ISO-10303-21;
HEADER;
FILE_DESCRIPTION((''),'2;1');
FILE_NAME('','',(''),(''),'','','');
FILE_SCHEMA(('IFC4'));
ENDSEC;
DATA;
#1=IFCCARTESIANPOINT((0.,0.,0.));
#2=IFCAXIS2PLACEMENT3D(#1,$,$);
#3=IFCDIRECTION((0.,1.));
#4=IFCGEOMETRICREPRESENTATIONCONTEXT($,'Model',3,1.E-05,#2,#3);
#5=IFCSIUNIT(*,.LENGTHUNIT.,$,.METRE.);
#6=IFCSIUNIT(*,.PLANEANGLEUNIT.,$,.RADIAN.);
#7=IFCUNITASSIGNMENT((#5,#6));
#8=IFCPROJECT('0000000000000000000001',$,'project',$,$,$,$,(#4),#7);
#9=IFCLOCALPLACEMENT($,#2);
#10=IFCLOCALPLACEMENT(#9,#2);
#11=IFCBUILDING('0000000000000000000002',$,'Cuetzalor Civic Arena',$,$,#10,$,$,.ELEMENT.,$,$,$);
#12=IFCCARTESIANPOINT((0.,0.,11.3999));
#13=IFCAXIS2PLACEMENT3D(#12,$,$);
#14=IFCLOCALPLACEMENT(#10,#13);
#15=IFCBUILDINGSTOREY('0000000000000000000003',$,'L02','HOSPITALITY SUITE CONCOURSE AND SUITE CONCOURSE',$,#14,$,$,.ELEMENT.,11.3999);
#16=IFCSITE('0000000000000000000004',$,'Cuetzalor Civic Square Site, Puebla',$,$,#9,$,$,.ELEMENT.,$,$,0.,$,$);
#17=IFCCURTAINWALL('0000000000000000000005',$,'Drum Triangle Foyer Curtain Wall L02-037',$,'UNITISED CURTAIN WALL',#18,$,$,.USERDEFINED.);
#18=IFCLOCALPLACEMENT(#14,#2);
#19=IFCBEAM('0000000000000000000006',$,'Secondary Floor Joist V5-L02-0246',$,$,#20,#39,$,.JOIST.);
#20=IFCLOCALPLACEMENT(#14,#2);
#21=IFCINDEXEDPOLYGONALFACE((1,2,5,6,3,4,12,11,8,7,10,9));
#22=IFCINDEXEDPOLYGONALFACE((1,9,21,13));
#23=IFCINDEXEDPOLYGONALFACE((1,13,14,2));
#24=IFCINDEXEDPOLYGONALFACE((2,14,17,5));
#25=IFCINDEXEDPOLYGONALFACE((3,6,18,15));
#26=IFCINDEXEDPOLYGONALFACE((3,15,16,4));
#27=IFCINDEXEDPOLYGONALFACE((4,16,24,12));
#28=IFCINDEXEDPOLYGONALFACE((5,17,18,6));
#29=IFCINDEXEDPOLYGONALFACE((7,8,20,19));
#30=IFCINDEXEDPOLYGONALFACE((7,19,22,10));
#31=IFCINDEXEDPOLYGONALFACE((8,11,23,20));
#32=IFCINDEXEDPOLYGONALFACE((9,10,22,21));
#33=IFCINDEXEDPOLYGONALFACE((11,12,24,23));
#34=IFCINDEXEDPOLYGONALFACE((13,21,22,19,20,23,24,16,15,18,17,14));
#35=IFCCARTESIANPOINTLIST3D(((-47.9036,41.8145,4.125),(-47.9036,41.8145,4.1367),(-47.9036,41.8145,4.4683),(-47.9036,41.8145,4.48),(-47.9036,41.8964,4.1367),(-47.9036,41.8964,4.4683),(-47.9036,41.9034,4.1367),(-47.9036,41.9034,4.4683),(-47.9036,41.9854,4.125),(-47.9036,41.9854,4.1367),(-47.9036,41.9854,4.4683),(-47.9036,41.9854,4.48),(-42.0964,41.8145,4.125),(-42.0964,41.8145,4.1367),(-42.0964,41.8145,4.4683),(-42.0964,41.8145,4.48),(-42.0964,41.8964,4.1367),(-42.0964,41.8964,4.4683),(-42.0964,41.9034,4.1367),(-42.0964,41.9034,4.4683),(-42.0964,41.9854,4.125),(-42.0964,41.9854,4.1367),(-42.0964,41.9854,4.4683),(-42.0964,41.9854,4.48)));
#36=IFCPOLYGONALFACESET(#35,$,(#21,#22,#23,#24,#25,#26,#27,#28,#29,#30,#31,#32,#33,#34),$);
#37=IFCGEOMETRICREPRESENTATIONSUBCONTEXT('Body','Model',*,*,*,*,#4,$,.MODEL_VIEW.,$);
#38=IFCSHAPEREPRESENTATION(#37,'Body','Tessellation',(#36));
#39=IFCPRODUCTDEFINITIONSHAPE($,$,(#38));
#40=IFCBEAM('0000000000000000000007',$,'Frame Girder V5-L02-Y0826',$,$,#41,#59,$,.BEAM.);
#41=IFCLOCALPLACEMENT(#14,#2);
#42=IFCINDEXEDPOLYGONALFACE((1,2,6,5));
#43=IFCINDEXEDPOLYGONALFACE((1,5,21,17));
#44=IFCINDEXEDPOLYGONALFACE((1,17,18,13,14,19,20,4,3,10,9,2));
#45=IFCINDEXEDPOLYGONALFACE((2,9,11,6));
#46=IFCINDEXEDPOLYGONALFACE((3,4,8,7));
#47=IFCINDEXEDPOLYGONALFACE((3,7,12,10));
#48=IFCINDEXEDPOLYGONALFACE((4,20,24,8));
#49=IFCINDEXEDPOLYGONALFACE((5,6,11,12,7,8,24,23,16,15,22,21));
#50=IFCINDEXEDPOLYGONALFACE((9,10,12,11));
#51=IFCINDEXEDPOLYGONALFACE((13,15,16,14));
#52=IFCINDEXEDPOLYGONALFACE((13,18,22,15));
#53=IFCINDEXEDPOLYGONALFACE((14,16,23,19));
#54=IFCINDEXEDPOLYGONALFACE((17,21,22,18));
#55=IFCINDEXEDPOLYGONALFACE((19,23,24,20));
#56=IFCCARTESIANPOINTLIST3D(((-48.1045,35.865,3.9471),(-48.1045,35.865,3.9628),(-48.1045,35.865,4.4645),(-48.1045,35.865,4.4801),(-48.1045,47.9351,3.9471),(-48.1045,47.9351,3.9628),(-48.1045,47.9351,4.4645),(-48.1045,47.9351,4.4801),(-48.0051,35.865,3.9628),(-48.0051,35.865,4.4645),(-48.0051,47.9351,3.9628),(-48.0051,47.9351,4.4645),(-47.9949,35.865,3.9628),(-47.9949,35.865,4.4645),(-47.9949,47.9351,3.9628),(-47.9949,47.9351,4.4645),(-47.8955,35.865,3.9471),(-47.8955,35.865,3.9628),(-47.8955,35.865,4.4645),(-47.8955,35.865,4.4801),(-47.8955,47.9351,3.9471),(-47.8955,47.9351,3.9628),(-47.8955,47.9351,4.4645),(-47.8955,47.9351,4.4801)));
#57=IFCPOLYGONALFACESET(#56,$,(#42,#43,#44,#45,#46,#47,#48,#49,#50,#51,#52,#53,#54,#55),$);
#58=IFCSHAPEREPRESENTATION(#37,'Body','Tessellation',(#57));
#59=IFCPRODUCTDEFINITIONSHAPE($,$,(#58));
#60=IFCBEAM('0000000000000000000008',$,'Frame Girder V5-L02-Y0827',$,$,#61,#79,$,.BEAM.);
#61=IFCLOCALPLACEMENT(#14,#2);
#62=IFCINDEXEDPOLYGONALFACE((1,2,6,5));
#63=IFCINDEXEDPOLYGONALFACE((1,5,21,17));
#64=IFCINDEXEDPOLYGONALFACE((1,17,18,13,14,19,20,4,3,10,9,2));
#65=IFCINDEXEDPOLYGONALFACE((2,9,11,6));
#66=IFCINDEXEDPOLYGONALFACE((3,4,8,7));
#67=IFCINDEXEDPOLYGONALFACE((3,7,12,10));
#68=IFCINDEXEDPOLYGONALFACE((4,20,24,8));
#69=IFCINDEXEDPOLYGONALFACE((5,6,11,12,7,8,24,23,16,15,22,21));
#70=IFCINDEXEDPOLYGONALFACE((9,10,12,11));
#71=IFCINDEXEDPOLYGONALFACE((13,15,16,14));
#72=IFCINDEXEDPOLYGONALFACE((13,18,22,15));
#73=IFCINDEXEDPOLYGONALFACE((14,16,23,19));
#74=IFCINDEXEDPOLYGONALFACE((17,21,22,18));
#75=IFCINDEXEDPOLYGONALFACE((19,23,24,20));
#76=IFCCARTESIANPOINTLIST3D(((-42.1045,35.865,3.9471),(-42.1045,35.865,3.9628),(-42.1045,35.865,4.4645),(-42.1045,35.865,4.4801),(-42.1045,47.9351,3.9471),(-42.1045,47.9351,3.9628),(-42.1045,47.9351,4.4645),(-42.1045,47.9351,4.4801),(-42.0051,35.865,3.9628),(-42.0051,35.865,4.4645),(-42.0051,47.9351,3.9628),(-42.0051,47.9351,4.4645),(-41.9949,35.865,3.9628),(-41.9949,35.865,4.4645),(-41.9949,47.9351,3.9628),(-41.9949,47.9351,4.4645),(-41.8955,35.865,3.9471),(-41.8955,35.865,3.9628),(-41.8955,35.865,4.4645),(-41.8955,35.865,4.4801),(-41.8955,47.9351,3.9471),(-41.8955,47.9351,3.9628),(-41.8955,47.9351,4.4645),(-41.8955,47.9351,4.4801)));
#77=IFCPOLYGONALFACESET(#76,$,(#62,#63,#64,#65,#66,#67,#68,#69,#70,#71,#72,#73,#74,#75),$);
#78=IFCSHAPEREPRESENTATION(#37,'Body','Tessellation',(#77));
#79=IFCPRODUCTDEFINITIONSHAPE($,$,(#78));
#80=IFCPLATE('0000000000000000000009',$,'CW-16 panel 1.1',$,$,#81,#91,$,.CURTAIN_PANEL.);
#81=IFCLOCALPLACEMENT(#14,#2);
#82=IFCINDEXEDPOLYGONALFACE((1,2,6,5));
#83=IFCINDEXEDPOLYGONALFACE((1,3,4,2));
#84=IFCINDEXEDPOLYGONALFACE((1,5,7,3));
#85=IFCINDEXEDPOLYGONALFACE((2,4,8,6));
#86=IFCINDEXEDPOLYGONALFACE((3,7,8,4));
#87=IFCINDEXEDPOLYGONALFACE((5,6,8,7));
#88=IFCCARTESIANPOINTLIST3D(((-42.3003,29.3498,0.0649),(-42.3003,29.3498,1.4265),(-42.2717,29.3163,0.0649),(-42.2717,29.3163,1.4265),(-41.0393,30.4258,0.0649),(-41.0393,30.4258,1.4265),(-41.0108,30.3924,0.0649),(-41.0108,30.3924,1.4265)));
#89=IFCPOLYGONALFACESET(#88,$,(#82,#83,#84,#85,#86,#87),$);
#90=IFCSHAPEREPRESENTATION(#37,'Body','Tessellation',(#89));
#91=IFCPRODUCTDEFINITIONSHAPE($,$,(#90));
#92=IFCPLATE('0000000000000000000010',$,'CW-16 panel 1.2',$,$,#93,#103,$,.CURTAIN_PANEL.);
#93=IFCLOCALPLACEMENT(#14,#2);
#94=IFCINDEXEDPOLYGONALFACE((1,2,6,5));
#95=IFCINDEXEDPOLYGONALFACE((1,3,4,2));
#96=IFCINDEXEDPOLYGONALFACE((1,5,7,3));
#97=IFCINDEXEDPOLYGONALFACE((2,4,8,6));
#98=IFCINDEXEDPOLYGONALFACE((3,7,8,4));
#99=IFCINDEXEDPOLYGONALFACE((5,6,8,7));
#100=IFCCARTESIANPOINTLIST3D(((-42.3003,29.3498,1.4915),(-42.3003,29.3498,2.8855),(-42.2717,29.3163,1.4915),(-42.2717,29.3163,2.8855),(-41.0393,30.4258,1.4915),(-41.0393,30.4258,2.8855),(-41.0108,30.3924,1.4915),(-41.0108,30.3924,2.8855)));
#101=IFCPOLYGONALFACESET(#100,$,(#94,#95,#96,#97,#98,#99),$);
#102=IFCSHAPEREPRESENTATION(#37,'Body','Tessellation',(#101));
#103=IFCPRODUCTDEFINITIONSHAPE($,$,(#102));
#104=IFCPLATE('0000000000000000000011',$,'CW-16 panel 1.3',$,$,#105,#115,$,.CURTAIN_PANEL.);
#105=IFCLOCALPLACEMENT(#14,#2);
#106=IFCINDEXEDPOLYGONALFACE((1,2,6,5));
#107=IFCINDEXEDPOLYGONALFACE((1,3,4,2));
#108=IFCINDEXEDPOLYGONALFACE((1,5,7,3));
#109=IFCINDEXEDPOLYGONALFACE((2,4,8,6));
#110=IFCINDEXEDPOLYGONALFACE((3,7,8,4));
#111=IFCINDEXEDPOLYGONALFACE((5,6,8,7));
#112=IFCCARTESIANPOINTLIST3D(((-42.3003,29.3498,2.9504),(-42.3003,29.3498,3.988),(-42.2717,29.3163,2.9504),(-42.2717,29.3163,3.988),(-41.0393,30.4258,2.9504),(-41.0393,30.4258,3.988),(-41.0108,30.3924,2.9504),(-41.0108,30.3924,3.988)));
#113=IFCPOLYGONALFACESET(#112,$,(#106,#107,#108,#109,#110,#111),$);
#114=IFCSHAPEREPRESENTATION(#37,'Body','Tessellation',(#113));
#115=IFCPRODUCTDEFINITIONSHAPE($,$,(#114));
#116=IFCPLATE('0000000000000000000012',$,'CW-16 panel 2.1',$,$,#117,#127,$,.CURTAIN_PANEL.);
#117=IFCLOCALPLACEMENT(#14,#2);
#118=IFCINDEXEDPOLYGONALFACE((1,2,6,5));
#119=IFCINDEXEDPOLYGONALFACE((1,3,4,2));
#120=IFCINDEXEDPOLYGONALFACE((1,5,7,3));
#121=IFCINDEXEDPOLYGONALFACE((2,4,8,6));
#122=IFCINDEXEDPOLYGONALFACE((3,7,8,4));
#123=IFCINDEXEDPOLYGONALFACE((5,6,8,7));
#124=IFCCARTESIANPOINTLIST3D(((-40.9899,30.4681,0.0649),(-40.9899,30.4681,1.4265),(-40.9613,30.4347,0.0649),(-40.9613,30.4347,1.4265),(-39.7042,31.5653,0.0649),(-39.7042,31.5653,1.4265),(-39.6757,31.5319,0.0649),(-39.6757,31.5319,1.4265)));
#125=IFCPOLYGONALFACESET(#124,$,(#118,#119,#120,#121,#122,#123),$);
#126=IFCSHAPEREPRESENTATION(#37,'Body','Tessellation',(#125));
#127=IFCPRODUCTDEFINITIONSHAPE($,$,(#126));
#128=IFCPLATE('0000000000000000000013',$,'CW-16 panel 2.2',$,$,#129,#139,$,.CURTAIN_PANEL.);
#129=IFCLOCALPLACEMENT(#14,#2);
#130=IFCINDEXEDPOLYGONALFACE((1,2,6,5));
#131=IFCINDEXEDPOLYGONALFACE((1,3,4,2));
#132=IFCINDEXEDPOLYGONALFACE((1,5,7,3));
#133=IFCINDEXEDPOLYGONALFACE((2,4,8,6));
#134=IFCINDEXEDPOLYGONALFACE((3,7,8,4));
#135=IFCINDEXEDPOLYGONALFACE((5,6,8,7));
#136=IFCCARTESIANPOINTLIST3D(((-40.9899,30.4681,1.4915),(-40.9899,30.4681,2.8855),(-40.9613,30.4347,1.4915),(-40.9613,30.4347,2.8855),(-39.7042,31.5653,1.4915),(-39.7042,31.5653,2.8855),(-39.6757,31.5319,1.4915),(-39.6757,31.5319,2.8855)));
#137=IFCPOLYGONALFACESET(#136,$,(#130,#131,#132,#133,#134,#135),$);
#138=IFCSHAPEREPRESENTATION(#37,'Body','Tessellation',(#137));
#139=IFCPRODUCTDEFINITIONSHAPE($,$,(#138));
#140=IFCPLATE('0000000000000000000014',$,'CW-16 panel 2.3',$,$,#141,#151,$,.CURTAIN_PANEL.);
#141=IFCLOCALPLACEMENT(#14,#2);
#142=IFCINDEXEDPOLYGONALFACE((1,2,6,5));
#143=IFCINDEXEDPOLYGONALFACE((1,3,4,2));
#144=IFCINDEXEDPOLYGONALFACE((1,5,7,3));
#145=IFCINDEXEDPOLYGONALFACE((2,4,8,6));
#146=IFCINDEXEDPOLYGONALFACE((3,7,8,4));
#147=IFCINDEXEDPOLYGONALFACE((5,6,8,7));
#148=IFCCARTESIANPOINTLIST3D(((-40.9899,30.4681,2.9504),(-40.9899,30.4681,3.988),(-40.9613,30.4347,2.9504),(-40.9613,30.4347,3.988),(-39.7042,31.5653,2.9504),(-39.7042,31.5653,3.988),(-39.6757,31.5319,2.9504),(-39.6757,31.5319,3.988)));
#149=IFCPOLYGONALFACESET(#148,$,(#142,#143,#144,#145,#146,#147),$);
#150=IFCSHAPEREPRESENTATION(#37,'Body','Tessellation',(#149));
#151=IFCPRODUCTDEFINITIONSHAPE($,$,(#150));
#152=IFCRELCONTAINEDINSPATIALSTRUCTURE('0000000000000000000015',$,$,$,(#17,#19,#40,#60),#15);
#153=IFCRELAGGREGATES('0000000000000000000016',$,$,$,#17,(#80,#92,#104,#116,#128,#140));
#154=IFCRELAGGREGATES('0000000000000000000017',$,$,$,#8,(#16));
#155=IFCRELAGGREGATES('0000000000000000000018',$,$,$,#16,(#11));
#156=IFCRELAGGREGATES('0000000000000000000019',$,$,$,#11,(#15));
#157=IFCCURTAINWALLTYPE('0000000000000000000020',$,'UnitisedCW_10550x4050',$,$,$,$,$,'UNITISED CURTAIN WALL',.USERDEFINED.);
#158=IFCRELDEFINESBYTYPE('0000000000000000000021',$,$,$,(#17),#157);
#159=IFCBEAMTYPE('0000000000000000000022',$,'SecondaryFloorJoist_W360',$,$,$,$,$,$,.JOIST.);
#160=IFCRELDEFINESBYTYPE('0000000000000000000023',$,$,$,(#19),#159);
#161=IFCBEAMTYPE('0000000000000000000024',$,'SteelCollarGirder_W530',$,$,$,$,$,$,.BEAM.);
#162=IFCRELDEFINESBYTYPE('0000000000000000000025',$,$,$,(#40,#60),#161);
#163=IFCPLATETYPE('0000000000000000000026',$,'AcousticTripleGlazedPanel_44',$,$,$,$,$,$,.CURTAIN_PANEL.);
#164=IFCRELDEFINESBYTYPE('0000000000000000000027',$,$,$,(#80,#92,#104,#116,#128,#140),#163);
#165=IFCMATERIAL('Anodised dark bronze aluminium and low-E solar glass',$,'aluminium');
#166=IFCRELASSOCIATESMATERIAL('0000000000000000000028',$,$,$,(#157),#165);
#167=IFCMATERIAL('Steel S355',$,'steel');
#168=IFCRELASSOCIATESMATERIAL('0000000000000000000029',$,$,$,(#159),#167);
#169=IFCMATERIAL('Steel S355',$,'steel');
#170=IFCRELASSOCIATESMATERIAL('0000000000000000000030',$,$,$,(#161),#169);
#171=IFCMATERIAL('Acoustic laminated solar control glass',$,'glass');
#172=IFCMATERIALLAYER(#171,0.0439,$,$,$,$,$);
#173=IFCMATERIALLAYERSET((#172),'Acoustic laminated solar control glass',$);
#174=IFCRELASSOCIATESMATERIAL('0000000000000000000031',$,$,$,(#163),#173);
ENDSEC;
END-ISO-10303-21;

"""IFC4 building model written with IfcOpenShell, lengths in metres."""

from ifc_helpers import new_model, si_unit, direction, frame, origin, origin_2d, place, context, subcontext, project, spatial, rectangle, i_section, extrude, material, layer, layer_set, material_profile, profile_set, type_object, element, aggregate, save


model = new_model("IFC4")

# Units and contexts
model_context = context("Model", 3, precision=1e-05, world=origin(), true_north=direction((0.0, 1.0)))
body_context = subcontext(model_context, "Body", "Model", "MODEL_VIEW")
ifc_project = project(units=[si_unit("LENGTHUNIT", "METRE"), si_unit("PLANEANGLEUNIT", "RADIAN")], contexts=[model_context])

# Site, building, storey
site_placement = place(None, origin())
site = spatial("IfcSite", under=ifc_project, at=site_placement, Name="Cuetzalor Civic Square Site, Puebla", CompositionType="ELEMENT", RefElevation=0.0)
building_placement = place(site_placement, origin())
building = spatial("IfcBuilding", under=site, at=building_placement, Name="Cuetzalor Civic Arena", CompositionType="ELEMENT")
storey_placement = place(building_placement, frame((0.0, 0.0, 11.3999)))
storey = spatial("IfcBuildingStorey", under=building, at=storey_placement, Name="L02", Description="HOSPITALITY SUITE CONCOURSE AND SUITE CONCOURSE", CompositionType="ELEMENT", Elevation=11.3999)

# Curtain wall
ifc_material_1 = material(Name="Anodised dark bronze aluminium and low-E solar glass", Category="aluminium")
curtain_wall_type = type_object("IfcCurtainWallType", Name="UnitisedCW_10550x4050", ElementType="UNITISED CURTAIN WALL", PredefinedType="USERDEFINED", material=ifc_material_1)
curtain_wall_placement = place(storey_placement, origin())
curtain_wall = element("IfcCurtainWall", 1, at=curtain_wall_placement, inside=storey, type_object=curtain_wall_type, Name="Drum Triangle Foyer Curtain Wall L02-037", ObjectType="UNITISED CURTAIN WALL", PredefinedType="USERDEFINED")

# Beams
ifc_material_2 = material(Name="Steel S355", Category="steel")
ifc_material_profile_1 = material_profile(ifc_material_2, i_section(OverallWidth=0.1709, OverallDepth=0.355, WebThickness=0.0071, FlangeThickness=0.0117, at=origin_2d()), Name="W360x51")
ifc_profile_set_1 = profile_set([ifc_material_profile_1], Name="Steel S355")
beam_type_1 = type_object("IfcBeamType", Name="SecondaryFloorJoist_W360", PredefinedType="JOIST", material=ifc_profile_set_1)
beam_1_placement = place(storey_placement, frame((-47.9036, 41.8999, 4.3025), z_axis=(1.0, 0.0, 0.0), x_axis=(0.0, 1.0, 0.0)))
element("IfcBeam", 2, at=beam_1_placement, inside=storey, type_object=beam_type_1, Name="Secondary Floor Joist V5-L02-0246", PredefinedType="JOIST", context=body_context, shape_type="SweptSolid", body=[
    extrude(i_section(OverallWidth=0.1709, OverallDepth=0.355, WebThickness=0.0071, FlangeThickness=0.0117, at=origin_2d()), origin(), (0.0, 0.0, 1.0), 5.8071),
])
ifc_material_3 = material(Name="Steel S355", Category="steel")
ifc_material_profile_2 = material_profile(ifc_material_3, i_section(OverallWidth=0.209, OverallDepth=0.533, WebThickness=0.0103, FlangeThickness=0.0156, at=origin_2d()), Name="W530x92")
ifc_profile_set_2 = profile_set([ifc_material_profile_2], Name="Steel S355")
beam_type_2 = type_object("IfcBeamType", Name="SteelCollarGirder_W530", PredefinedType="BEAM", material=ifc_profile_set_2)
for number, where, z_axis, x_axis, name in (
    (3, (-48.0, 35.865, 4.2136), (0.0, 1.0, 0.0), (-1.0, 0.0, 0.0), "Frame Girder V5-L02-Y0826"),
    (4, (-42.0, 35.865, 4.2136), (0.0, 1.0, 0.0), (-1.0, 0.0, 0.0), "Frame Girder V5-L02-Y0827"),
):
    element("IfcBeam", number, at=place(storey_placement, frame(where, z_axis=z_axis, x_axis=x_axis)), inside=storey, type_object=beam_type_2, Name=name, PredefinedType="BEAM", context=body_context, shape_type="SweptSolid", body=[
        extrude(i_section(OverallWidth=0.209, OverallDepth=0.533, WebThickness=0.0103, FlangeThickness=0.0156, at=origin_2d()), origin(), (0.0, 0.0, 1.0), 12.0701),
    ])

# Plates
ifc_material_4 = material(Name="Acoustic laminated solar control glass", Category="glass")
ifc_layer = layer(ifc_material_4, 0.0439)
ifc_layer_set = layer_set([ifc_layer], Name="Acoustic laminated solar control glass")
plate_type = type_object("IfcPlateType", Name="AcousticTripleGlazedPanel_44", PredefinedType="CURTAIN_PANEL", material=ifc_layer_set)
plate_1_placement = place(storey_placement, frame((-41.6555, 29.8711, 0.0649), z_axis=(0.0, 0.0, 1.0), x_axis=(0.760677, 0.64913, 0.0)))
plate_1 = element("IfcPlate", 5, at=plate_1_placement, type_object=plate_type, Name="CW-16 panel 1.1", PredefinedType="CURTAIN_PANEL", context=body_context, shape_type="SweptSolid", body=[
    extrude(rectangle(XDim=1.6577, YDim=0.0439, at=origin_2d()), origin(), (0.0, 0.0, 1.0), 1.3616),
])
plate_2_placement = place(storey_placement, frame((-41.6555, 29.8711, 1.4915), z_axis=(0.0, 0.0, 1.0), x_axis=(0.760677, 0.64913, 0.0)))
plate_2 = element("IfcPlate", 6, at=plate_2_placement, type_object=plate_type, Name="CW-16 panel 1.2", PredefinedType="CURTAIN_PANEL", context=body_context, shape_type="SweptSolid", body=[
    extrude(rectangle(XDim=1.6577, YDim=0.0439, at=origin_2d()), origin(), (0.0, 0.0, 1.0), 1.394),
])
plate_3_placement = place(storey_placement, frame((-41.6555, 29.8711, 2.9504), z_axis=(0.0, 0.0, 1.0), x_axis=(0.760677, 0.64913, 0.0)))
plate_3 = element("IfcPlate", 7, at=plate_3_placement, type_object=plate_type, Name="CW-16 panel 1.3", PredefinedType="CURTAIN_PANEL", context=body_context, shape_type="SweptSolid", body=[
    extrude(rectangle(XDim=1.6577, YDim=0.0439, at=origin_2d()), origin(), (0.0, 0.0, 1.0), 1.0376),
])
plate_4_placement = place(storey_placement, frame((-40.3328, 31.0, 0.0649), z_axis=(0.0, 0.0, 1.0), x_axis=(0.760677, 0.64913, 0.0)))
plate_4 = element("IfcPlate", 8, at=plate_4_placement, type_object=plate_type, Name="CW-16 panel 2.1", PredefinedType="CURTAIN_PANEL", context=body_context, shape_type="SweptSolid", body=[
    extrude(rectangle(XDim=1.6902, YDim=0.0439, at=origin_2d()), origin(), (0.0, 0.0, 1.0), 1.3616),
])
plate_5_placement = place(storey_placement, frame((-40.3328, 31.0, 1.4915), z_axis=(0.0, 0.0, 1.0), x_axis=(0.760677, 0.64913, 0.0)))
plate_5 = element("IfcPlate", 9, at=plate_5_placement, type_object=plate_type, Name="CW-16 panel 2.2", PredefinedType="CURTAIN_PANEL", context=body_context, shape_type="SweptSolid", body=[
    extrude(rectangle(XDim=1.6902, YDim=0.0439, at=origin_2d()), origin(), (0.0, 0.0, 1.0), 1.394),
])
plate_6_placement = place(storey_placement, frame((-40.3328, 31.0, 2.9504), z_axis=(0.0, 0.0, 1.0), x_axis=(0.760677, 0.64913, 0.0)))
plate_6 = element("IfcPlate", 10, at=plate_6_placement, type_object=plate_type, Name="CW-16 panel 2.3", PredefinedType="CURTAIN_PANEL", context=body_context, shape_type="SweptSolid", body=[
    extrude(rectangle(XDim=1.6902, YDim=0.0439, at=origin_2d()), origin(), (0.0, 0.0, 1.0), 1.0376),
])
aggregate(curtain_wall, [plate_1, plate_2, plate_3, plate_4, plate_5, plate_6])

save(model, "model.ifc")
